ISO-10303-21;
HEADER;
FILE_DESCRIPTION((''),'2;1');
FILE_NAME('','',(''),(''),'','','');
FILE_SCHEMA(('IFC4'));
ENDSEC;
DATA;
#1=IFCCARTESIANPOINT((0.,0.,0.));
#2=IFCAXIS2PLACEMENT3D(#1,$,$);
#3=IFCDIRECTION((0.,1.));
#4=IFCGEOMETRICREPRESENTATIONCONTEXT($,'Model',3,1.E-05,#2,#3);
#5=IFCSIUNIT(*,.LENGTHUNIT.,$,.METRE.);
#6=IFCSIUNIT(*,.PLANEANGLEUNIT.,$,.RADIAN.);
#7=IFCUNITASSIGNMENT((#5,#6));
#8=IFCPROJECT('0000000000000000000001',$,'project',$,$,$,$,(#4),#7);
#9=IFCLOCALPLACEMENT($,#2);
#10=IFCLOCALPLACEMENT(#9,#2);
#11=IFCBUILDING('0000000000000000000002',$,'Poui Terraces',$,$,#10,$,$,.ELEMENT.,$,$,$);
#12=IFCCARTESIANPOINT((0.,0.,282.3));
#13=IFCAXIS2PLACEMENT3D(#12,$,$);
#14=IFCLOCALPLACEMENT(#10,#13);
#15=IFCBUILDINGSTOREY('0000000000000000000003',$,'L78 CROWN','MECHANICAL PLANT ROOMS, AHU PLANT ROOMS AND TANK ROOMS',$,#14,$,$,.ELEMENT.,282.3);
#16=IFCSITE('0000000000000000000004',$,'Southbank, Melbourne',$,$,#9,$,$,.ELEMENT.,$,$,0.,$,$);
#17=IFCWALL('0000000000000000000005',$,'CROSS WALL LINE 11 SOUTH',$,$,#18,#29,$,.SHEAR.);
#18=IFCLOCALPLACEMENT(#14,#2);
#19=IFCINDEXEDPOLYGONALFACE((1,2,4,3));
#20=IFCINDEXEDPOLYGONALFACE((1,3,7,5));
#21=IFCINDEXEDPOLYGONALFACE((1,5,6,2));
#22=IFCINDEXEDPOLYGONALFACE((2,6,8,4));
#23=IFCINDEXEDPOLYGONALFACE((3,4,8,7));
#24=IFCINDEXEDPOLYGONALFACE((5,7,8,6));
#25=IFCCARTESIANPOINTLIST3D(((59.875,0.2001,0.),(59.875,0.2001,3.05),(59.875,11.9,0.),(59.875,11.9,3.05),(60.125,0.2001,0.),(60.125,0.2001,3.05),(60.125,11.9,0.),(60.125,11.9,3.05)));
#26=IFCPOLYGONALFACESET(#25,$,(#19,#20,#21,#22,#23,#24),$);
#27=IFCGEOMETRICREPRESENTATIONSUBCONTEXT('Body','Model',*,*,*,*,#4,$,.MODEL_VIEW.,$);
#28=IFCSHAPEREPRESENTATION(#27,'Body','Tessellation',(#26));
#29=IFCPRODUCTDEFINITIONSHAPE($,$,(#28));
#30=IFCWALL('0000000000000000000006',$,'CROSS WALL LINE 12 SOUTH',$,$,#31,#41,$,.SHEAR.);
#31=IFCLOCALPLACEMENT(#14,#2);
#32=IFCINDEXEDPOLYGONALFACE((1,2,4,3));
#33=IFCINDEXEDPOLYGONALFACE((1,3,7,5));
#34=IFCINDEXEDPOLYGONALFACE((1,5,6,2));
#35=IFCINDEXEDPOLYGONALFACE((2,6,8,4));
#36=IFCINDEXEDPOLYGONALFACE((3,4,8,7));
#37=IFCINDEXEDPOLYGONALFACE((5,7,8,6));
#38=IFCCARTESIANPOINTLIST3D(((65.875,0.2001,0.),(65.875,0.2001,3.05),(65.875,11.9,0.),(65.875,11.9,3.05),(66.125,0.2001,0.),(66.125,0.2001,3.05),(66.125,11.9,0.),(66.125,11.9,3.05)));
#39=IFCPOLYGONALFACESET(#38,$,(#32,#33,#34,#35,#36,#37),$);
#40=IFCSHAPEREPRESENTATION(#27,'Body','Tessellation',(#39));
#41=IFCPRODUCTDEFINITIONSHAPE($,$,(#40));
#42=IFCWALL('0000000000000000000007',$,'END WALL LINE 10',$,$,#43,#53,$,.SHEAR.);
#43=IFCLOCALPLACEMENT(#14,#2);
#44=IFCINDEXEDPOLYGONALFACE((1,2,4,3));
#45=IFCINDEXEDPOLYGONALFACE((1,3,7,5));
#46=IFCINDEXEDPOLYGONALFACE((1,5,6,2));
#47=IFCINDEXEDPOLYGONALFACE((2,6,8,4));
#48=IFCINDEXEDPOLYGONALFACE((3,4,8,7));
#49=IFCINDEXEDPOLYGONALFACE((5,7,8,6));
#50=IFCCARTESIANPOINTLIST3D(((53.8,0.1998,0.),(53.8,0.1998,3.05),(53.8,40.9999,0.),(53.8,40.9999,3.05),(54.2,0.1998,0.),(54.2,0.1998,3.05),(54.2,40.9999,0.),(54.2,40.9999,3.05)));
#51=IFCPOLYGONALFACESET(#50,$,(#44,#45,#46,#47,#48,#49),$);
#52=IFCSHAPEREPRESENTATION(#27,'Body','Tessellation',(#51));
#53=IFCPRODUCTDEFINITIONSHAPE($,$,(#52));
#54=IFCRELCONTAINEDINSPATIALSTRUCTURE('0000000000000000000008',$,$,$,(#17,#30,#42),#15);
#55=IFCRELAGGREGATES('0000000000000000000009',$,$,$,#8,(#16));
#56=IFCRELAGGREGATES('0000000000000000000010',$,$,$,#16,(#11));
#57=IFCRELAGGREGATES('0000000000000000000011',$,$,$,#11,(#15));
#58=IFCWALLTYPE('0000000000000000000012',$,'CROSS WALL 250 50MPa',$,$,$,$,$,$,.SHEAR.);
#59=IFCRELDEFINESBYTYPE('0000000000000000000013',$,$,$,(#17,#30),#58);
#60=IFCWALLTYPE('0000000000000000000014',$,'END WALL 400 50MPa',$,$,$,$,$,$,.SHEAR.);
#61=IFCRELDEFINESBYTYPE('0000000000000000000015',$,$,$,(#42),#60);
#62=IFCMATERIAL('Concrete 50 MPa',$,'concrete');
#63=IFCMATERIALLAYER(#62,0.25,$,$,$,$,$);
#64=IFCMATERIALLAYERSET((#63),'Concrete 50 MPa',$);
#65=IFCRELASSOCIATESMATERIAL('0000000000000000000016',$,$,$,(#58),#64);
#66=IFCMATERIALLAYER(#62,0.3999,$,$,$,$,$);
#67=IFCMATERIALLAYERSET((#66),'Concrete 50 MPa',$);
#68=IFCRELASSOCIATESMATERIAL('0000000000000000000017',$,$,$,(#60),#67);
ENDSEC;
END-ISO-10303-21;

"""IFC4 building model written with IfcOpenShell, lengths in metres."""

from ifc_helpers import new_model, si_unit, direction, frame, frame_2d, origin, place, context, subcontext, project, spatial, rectangle, extrude, material, layer, layer_set, type_object, element, save


model = new_model("IFC4")

# Units and contexts
model_context = context("Model", 3, precision=1e-05, world=origin(), true_north=direction((0.0, 1.0)))
body_context = subcontext(model_context, "Body", "Model", "MODEL_VIEW")
ifc_project = project(units=[si_unit("LENGTHUNIT", "METRE"), si_unit("PLANEANGLEUNIT", "RADIAN")], contexts=[model_context])

# Site, building, storey
site_placement = place(None, origin())
site = spatial("IfcSite", under=ifc_project, at=site_placement, Name="Southbank, Melbourne", CompositionType="ELEMENT", RefElevation=0.0)
building_placement = place(site_placement, origin())
building = spatial("IfcBuilding", under=site, at=building_placement, Name="Poui Terraces", CompositionType="ELEMENT")
storey_placement = place(building_placement, frame((0.0, 0.0, 282.3)))
storey = spatial("IfcBuildingStorey", under=building, at=storey_placement, Name="L78 CROWN", Description="MECHANICAL PLANT ROOMS, AHU PLANT ROOMS AND TANK ROOMS", CompositionType="ELEMENT", Elevation=282.3)

# Walls
ifc_material_1 = material(Name="Concrete 50 MPa", Category="concrete")
ifc_layer_1 = layer(ifc_material_1, 0.25)
ifc_layer_set_1 = layer_set([ifc_layer_1], Name="Concrete 50 MPa")
wall_type_1 = type_object("IfcWallType", Name="CROSS WALL 250 50MPa", PredefinedType="SHEAR", material=ifc_layer_set_1)
for number, where, z_axis, x_axis, name in (
    (1, (60.0, 0.2, 0.0), (0.0, 0.0, 1.0), (0.0, 1.0, 0.0), "CROSS WALL LINE 11 SOUTH"),
    (2, (66.0, 0.2, 0.0), (0.0, 0.0, 1.0), (0.0, 1.0, 0.0), "CROSS WALL LINE 12 SOUTH"),
):
    element("IfcWall", number, at=place(storey_placement, frame(where, z_axis=z_axis, x_axis=x_axis)), inside=storey, type_object=wall_type_1, Name=name, PredefinedType="SHEAR", context=body_context, shape_type="SweptSolid", body=[
        extrude(rectangle(XDim=11.7, YDim=0.25, at=frame_2d((5.8501, 0.0))), origin(), (0.0, 0.0, 1.0), 3.05),
    ])
ifc_layer_2 = layer(ifc_material_1, 0.3999)
ifc_layer_set_2 = layer_set([ifc_layer_2], Name="Concrete 50 MPa")
wall_type_2 = type_object("IfcWallType", Name="END WALL 400 50MPa", PredefinedType="SHEAR", material=ifc_layer_set_2)
wall_1_placement = place(storey_placement, frame((54.0, 0.2, 0.0), z_axis=(0.0, 0.0, 1.0), x_axis=(0.0, 1.0, 0.0)))
element("IfcWall", 3, at=wall_1_placement, inside=storey, type_object=wall_type_2, Name="END WALL LINE 10", PredefinedType="SHEAR", context=body_context, shape_type="SweptSolid", body=[
    extrude(rectangle(XDim=40.8, YDim=0.3999, at=frame_2d((20.3999, 0.0))), origin(), (0.0, 0.0, 1.0), 3.05),
])

save(model, "model.ifc")
